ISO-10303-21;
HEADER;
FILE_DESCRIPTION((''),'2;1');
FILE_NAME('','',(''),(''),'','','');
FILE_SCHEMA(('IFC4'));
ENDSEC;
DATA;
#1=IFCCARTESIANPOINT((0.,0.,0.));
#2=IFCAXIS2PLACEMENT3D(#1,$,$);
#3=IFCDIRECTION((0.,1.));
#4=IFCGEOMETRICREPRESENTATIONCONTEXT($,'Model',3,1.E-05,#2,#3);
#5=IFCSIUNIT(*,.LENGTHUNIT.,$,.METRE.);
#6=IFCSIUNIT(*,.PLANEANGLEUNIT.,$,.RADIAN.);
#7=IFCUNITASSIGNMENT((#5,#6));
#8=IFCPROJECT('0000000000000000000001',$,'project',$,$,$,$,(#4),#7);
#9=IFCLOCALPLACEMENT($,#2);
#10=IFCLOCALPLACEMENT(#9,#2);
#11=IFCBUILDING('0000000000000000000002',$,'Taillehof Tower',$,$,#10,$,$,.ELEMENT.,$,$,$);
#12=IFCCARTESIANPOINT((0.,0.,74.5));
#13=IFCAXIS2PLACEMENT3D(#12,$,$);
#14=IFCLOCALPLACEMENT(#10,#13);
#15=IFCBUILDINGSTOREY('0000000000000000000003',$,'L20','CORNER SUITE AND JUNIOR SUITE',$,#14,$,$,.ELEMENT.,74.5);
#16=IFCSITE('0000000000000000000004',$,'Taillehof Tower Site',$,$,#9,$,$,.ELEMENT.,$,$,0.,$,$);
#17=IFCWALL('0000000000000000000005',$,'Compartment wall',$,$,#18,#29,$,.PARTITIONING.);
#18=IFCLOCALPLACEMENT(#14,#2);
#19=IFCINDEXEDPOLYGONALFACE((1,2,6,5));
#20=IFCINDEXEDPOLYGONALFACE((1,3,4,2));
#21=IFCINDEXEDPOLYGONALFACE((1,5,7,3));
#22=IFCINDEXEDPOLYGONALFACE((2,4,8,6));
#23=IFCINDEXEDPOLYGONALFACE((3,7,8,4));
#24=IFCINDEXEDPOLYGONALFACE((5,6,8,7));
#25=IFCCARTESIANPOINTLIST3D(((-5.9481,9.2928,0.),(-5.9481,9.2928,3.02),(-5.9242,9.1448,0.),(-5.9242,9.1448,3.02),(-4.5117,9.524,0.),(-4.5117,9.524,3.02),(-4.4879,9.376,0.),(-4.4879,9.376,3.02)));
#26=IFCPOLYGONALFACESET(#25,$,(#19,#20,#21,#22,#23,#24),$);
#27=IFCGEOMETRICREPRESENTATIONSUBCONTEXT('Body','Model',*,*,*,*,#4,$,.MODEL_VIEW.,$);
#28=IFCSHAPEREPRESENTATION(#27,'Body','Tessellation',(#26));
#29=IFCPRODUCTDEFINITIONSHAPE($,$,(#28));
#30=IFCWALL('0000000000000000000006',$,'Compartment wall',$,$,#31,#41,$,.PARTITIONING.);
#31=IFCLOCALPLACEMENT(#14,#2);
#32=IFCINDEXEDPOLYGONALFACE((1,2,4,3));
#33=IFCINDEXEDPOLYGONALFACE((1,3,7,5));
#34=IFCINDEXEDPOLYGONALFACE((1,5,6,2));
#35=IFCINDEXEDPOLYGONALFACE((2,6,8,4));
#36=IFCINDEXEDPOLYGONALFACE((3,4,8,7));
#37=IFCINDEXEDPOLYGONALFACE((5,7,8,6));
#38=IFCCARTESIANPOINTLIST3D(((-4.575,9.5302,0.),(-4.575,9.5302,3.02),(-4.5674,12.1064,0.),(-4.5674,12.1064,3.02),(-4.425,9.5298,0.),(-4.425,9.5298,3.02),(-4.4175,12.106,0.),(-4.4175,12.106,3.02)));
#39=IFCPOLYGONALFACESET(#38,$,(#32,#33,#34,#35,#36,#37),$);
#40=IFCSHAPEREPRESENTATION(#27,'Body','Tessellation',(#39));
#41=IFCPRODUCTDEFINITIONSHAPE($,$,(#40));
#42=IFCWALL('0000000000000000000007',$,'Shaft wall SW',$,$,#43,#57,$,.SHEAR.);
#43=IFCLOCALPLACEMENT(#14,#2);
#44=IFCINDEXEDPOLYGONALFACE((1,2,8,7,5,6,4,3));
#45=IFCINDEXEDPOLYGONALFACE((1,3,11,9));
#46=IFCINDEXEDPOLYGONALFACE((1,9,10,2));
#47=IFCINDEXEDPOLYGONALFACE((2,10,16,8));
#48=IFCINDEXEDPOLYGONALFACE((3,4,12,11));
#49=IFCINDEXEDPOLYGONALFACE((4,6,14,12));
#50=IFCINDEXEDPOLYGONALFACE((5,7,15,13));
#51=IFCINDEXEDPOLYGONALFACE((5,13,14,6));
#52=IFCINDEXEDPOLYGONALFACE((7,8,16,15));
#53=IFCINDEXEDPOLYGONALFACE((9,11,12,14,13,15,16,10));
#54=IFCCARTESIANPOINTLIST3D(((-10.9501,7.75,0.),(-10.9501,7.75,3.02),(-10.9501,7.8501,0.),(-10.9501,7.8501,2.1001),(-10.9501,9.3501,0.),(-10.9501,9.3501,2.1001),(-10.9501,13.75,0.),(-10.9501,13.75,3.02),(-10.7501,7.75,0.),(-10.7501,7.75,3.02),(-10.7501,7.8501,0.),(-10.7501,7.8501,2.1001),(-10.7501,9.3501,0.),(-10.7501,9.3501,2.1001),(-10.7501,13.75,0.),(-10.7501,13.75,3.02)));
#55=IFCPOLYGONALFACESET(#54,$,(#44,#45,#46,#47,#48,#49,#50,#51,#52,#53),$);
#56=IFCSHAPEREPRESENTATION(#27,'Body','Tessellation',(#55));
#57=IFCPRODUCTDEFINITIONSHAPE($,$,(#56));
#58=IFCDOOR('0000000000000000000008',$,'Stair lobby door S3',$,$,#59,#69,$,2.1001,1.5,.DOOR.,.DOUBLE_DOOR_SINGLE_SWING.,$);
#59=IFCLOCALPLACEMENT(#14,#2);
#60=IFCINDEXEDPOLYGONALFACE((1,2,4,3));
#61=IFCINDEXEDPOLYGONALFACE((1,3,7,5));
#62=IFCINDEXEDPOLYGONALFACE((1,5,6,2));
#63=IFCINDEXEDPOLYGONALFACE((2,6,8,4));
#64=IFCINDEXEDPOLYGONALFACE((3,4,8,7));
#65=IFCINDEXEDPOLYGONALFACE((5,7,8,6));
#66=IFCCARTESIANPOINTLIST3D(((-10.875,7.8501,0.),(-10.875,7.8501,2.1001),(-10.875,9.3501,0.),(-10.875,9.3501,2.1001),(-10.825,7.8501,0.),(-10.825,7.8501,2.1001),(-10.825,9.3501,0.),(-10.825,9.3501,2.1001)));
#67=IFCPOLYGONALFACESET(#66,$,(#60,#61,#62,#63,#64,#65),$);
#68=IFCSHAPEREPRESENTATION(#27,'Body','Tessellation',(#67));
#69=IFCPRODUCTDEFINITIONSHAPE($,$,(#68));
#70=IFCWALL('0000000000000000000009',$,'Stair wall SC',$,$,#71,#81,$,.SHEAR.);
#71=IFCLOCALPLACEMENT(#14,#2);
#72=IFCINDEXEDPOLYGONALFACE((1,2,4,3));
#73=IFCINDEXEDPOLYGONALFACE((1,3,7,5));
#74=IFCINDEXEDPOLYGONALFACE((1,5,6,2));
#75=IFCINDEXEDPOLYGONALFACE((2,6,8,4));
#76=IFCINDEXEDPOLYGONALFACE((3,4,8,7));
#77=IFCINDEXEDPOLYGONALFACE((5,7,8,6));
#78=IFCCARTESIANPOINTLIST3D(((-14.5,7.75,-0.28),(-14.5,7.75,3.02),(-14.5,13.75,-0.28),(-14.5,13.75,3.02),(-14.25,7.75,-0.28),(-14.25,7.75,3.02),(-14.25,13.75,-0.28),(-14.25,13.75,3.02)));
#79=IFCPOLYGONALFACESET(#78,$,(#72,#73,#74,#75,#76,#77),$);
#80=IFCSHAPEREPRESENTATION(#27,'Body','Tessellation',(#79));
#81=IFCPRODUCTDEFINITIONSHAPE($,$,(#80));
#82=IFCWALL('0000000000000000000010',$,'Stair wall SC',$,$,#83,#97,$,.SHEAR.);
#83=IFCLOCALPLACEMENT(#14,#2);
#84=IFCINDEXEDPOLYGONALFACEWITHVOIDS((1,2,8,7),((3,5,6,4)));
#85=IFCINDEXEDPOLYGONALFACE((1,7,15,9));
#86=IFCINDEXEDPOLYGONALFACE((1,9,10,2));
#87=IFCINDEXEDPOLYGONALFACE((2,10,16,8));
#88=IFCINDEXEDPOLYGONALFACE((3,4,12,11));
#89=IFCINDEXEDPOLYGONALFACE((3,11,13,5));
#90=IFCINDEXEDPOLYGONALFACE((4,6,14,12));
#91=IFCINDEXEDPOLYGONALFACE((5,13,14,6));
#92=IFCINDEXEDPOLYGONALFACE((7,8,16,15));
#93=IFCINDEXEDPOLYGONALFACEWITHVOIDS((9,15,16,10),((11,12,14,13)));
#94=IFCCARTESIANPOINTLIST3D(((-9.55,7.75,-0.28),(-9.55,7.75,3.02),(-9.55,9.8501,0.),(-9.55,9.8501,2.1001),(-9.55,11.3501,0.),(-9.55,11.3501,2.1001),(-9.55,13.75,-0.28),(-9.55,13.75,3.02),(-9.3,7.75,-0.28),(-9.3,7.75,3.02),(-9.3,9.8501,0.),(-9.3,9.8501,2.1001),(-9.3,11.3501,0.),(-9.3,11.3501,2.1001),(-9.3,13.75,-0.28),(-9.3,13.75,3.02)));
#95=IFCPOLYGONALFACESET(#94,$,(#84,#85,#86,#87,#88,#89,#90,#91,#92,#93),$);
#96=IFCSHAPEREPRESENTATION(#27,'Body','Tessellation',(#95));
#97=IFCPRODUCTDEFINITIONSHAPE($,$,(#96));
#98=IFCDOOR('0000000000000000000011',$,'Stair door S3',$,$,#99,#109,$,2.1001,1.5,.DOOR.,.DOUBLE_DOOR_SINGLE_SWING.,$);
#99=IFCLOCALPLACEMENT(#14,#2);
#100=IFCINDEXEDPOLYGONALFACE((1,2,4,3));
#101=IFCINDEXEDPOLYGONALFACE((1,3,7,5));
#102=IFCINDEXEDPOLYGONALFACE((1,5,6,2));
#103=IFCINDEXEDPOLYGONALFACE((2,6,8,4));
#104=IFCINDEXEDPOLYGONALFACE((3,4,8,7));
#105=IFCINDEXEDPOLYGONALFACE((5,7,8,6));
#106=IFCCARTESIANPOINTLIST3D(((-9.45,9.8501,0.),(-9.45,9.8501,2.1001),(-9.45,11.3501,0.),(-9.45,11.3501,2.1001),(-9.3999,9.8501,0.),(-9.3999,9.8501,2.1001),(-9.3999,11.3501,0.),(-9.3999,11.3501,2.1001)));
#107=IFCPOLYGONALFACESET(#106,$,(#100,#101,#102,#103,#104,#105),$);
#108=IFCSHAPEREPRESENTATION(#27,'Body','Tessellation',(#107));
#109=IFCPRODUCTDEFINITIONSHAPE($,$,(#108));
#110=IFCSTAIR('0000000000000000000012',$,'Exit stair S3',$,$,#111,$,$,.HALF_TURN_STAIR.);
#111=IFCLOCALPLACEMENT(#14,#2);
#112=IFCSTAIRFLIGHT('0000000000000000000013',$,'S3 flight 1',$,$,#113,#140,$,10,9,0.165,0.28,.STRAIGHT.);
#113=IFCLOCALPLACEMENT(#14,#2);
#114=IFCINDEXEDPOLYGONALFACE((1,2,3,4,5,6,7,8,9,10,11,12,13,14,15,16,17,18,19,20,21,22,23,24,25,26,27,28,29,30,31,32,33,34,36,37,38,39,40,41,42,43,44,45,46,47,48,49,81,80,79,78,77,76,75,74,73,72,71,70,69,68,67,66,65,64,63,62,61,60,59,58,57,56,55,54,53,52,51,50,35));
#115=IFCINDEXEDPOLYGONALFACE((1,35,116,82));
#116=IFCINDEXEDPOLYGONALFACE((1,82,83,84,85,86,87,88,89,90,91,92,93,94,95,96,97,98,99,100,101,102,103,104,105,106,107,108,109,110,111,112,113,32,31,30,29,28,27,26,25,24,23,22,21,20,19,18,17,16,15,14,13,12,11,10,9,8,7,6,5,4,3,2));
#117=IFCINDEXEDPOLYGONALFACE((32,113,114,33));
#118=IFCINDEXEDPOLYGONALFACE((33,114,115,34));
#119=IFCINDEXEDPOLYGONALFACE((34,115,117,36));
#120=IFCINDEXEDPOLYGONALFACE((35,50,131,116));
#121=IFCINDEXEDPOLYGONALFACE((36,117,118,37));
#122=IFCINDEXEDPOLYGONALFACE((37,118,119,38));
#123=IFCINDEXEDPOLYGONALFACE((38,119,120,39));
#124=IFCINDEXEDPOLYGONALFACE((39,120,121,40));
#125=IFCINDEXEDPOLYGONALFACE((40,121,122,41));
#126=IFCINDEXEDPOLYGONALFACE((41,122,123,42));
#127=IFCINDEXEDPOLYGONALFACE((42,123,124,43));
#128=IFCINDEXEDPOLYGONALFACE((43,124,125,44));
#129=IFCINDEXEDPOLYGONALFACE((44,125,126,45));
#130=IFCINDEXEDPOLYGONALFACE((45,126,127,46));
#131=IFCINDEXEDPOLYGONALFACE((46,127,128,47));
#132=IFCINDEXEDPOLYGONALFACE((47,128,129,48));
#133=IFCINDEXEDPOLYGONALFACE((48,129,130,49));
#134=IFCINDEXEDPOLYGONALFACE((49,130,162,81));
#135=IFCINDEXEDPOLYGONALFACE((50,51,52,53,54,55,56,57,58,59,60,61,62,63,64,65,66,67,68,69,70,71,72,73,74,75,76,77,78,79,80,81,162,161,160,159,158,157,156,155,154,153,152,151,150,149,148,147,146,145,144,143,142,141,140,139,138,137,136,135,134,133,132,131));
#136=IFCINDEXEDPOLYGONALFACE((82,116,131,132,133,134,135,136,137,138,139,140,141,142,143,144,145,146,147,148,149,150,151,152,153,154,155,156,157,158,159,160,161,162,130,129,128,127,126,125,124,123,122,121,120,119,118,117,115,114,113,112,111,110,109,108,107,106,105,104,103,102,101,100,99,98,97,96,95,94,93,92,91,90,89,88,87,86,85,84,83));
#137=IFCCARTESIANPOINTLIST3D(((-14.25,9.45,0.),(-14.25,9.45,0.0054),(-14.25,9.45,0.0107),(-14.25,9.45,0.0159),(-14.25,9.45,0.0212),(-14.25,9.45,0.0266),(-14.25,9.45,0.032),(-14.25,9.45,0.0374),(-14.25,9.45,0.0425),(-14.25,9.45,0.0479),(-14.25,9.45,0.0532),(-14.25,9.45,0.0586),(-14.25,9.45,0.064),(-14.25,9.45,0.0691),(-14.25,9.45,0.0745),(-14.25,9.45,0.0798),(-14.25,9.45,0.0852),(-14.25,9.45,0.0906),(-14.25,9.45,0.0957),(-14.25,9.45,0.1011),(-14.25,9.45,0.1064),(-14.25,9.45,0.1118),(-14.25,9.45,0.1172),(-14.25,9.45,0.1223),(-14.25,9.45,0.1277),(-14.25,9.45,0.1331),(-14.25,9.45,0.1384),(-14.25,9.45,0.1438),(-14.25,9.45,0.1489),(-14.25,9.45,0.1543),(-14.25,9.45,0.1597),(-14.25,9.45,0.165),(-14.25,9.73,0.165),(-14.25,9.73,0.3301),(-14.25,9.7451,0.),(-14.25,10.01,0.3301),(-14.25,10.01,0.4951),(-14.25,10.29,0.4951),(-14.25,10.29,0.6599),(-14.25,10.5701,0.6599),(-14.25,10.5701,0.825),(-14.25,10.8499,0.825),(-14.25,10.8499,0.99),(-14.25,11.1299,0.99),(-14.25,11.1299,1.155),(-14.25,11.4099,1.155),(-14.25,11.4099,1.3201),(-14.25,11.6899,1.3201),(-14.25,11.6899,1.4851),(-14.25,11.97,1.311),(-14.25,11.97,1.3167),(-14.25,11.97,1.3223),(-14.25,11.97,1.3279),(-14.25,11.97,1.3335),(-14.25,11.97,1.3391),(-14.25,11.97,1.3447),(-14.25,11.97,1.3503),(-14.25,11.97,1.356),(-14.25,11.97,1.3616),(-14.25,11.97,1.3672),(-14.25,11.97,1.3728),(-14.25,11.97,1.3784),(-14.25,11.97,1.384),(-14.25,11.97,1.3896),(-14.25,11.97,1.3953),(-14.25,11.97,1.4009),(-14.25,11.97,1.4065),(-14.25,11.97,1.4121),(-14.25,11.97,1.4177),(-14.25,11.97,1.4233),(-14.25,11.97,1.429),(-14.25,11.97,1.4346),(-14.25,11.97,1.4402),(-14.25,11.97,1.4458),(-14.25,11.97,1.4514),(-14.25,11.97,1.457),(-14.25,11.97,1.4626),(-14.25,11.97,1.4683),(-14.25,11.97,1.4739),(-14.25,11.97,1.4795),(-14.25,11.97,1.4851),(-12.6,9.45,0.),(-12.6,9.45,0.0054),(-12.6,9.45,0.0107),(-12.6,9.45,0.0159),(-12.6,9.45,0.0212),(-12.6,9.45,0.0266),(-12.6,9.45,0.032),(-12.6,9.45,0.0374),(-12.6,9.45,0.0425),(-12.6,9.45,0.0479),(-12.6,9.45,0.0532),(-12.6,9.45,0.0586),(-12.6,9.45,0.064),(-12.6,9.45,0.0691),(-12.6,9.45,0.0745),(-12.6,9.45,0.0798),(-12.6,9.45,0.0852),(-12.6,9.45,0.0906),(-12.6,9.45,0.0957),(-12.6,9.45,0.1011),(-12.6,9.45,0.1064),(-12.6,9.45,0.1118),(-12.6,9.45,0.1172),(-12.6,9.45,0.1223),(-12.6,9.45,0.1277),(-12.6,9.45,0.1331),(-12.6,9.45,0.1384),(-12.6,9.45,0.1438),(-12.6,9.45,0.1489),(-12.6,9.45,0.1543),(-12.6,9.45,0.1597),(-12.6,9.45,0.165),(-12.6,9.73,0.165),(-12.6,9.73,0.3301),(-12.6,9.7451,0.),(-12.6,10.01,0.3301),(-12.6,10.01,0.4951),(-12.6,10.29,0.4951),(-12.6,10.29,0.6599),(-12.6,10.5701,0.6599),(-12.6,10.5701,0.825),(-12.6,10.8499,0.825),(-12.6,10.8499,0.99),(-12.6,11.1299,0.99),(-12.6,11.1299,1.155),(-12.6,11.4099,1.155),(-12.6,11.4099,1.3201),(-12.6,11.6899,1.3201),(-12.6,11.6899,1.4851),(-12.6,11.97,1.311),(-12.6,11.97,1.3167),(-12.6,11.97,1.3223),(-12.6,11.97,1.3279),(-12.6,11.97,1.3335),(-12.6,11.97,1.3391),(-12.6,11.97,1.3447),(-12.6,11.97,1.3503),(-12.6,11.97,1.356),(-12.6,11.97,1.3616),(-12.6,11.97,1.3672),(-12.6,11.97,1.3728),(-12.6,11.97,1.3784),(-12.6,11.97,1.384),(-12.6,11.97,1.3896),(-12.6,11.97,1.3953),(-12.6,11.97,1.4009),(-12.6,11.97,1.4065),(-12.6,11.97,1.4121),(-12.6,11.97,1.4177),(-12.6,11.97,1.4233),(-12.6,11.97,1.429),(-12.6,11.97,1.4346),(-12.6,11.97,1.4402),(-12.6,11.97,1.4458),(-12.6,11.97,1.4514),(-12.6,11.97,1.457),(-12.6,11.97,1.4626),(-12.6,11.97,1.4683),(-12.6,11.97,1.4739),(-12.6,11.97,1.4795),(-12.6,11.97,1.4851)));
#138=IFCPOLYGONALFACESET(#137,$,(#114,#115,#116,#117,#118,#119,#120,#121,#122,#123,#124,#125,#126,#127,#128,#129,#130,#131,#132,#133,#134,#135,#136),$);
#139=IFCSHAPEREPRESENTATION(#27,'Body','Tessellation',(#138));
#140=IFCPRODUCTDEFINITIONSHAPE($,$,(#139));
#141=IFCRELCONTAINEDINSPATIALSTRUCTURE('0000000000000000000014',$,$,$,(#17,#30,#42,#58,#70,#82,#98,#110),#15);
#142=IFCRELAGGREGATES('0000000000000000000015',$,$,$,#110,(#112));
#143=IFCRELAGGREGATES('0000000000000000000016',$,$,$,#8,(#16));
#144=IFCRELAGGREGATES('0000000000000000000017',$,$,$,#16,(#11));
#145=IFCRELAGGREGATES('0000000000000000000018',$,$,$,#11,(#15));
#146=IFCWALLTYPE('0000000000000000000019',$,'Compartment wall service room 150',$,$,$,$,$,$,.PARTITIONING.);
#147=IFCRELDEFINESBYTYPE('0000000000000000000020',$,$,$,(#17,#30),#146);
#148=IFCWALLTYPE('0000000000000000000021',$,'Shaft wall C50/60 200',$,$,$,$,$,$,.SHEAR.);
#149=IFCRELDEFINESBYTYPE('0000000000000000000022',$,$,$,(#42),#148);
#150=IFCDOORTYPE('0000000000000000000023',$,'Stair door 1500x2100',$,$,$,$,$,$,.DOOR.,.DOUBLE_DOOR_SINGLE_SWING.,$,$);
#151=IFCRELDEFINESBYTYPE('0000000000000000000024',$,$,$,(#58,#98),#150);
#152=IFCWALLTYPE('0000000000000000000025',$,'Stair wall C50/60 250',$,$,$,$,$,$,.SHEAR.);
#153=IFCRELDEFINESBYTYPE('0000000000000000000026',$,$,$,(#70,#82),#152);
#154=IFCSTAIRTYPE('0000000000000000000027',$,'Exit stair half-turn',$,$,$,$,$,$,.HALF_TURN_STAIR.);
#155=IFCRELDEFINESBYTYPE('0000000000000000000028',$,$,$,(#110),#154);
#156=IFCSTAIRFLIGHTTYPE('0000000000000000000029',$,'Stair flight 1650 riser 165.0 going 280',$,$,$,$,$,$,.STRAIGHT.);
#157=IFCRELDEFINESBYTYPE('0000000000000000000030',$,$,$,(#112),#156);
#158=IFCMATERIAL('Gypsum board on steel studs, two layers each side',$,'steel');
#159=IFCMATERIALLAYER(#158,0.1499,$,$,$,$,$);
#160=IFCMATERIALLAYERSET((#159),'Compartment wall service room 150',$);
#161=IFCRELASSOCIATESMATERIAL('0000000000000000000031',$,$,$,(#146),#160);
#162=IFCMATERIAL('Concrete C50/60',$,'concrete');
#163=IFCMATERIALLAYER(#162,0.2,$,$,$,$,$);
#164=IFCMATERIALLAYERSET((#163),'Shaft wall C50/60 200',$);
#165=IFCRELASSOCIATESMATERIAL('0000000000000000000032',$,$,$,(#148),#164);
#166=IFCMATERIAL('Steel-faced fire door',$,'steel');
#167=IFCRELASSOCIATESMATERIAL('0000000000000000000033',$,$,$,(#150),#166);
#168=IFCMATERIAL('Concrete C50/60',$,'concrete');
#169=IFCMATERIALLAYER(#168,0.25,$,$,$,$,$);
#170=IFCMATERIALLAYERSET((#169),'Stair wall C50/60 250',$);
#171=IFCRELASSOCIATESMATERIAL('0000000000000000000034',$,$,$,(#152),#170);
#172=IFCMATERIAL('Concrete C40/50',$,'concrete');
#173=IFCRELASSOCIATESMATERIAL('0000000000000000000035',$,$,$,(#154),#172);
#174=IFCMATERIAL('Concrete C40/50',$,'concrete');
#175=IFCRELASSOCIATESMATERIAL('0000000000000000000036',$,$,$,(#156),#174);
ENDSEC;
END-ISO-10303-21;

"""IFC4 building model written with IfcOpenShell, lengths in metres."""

from ifc_helpers import new_model, si_unit, direction, frame, frame_2d, origin, place, context, subcontext, project, spatial, polyline, rectangle, outline, extrude, material, layer, layer_set, type_object, element, fill, aggregate, save


model = new_model("IFC4")

# Units and contexts
model_context = context("Model", 3, precision=1e-05, world=origin(), true_north=direction((0.0, 1.0)))
body_context = subcontext(model_context, "Body", "Model", "MODEL_VIEW")
ifc_project = project(units=[si_unit("LENGTHUNIT", "METRE"), si_unit("PLANEANGLEUNIT", "RADIAN")], contexts=[model_context])

# Site, building, storey
site_placement = place(None, origin())
site = spatial("IfcSite", under=ifc_project, at=site_placement, Name="Taillehof Tower Site", CompositionType="ELEMENT", RefElevation=0.0)
building_placement = place(site_placement, origin())
building = spatial("IfcBuilding", under=site, at=building_placement, Name="Taillehof Tower", CompositionType="ELEMENT")
storey_placement = place(building_placement, frame((0.0, 0.0, 74.5)))
storey = spatial("IfcBuildingStorey", under=building, at=storey_placement, Name="L20", Description="CORNER SUITE AND JUNIOR SUITE", CompositionType="ELEMENT", Elevation=74.5)

# Shared definitions
ifc_material_1 = material(Name="Gypsum board on steel studs, two layers each side", Category="steel")
ifc_layer_1 = layer(ifc_material_1, 0.1499)
ifc_layer_set_1 = layer_set([ifc_layer_1], Name="Compartment wall service room 150")
wall_type_1 = type_object("IfcWallType", Name="Compartment wall service room 150", PredefinedType="PARTITIONING", material=ifc_layer_set_1)

# Walls
wall_1_placement = place(storey_placement, frame((-5.9363, 9.2188, 0.0), z_axis=(0.0, 0.0, 1.0), x_axis=(0.98729, 0.158926, 0.0)))
element("IfcWall", 1, at=wall_1_placement, inside=storey, type_object=wall_type_1, Name="Compartment wall", PredefinedType="PARTITIONING", context=body_context, shape_type="SweptSolid", body=[
    extrude(rectangle(XDim=1.4548, YDim=0.1499, at=frame_2d((0.7275, 0.0))), origin(), (0.0, 0.0, 1.0), 3.02),
])
wall_2_placement = place(storey_placement, frame((-4.5, 9.53, 0.0), z_axis=(0.0, 0.0, 1.0), x_axis=(0.002938, 0.999996, 0.0)))
element("IfcWall", 2, at=wall_2_placement, inside=storey, type_object=wall_type_1, Name="Compartment wall", PredefinedType="PARTITIONING", context=body_context, shape_type="SweptSolid", body=[
    extrude(rectangle(XDim=2.5762, YDim=0.1499, at=frame_2d((1.2881, 0.0))), origin(), (0.0, 0.0, 1.0), 3.02),
])

# Wall, opening, door
ifc_material_2 = material(Name="Concrete C50/60", Category="concrete")
ifc_layer_2 = layer(ifc_material_2, 0.2)
ifc_layer_set_2 = layer_set([ifc_layer_2], Name="Shaft wall C50/60 200")
wall_type_2 = type_object("IfcWallType", Name="Shaft wall C50/60 200", PredefinedType="SHEAR", material=ifc_layer_set_2)
wall_3_placement = place(storey_placement, frame((-10.8501, 7.75, 0.0), z_axis=(0.0, 0.0, 1.0), x_axis=(0.0, 1.0, 0.0)))
wall_3 = element("IfcWall", 3, at=wall_3_placement, inside=storey, type_object=wall_type_2, Name="Shaft wall SW", PredefinedType="SHEAR", context=body_context, shape_type="SweptSolid", body=[
    extrude(rectangle(XDim=6.0, YDim=0.2, at=frame_2d((3.0, 0.0))), origin(), (0.0, 0.0, 1.0), 3.02),
])
opening_1_placement = place(wall_3_placement, frame((0.1001, 0.0, 0.0)))
opening_1 = element("IfcOpeningElement", 4, at=opening_1_placement, cuts=wall_3, PredefinedType="OPENING", context=body_context, shape_type="SweptSolid", body=[
    extrude(rectangle(XDim=1.5, YDim=2.1001, at=frame_2d((0.75, 1.05))), frame((0.0, 0.1099, 0.0), z_axis=(0.0, -1.0, 0.0), x_axis=(1.0, 0.0, 0.0)), (0.0, 0.0, 1.0), 0.22),
])
ifc_material_3 = material(Name="Steel-faced fire door", Category="steel")
door_type_1 = type_object("IfcDoorType", Name="Stair door 1500x2100", OperationType="DOUBLE_DOOR_SINGLE_SWING", PredefinedType="DOOR", material=ifc_material_3)
door_1_placement = place(opening_1_placement, origin())
door_1 = element("IfcDoor", 5, at=door_1_placement, inside=storey, type_object=door_type_1, Name="Stair lobby door S3", OperationType="DOUBLE_DOOR_SINGLE_SWING", OverallHeight=2.1001, OverallWidth=1.5, PredefinedType="DOOR", context=body_context, shape_type="SweptSolid", body=[
    extrude(rectangle(XDim=1.5, YDim=2.1001, at=frame_2d((0.75, 1.05))), frame((0.0, 0.0249, 0.0), z_axis=(0.0, -1.0, 0.0), x_axis=(1.0, 0.0, 0.0)), (0.0, 0.0, 1.0), 0.05),
])
fill(opening_1, door_1)

# Wall
ifc_material_4 = material(Name="Concrete C50/60", Category="concrete")
ifc_layer_3 = layer(ifc_material_4, 0.25)
ifc_layer_set_3 = layer_set([ifc_layer_3], Name="Stair wall C50/60 250")
wall_type_3 = type_object("IfcWallType", Name="Stair wall C50/60 250", PredefinedType="SHEAR", material=ifc_layer_set_3)
wall_4_placement = place(storey_placement, frame((-14.375, 7.75, -0.28), z_axis=(0.0, 0.0, 1.0), x_axis=(0.0, 1.0, 0.0)))
element("IfcWall", 6, at=wall_4_placement, inside=storey, type_object=wall_type_3, Name="Stair wall SC", PredefinedType="SHEAR", context=body_context, shape_type="SweptSolid", body=[
    extrude(rectangle(XDim=6.0, YDim=0.25, at=frame_2d((3.0, 0.0))), origin(), (0.0, 0.0, 1.0), 3.3),
])

# Wall, opening, door
wall_5_placement = place(storey_placement, frame((-9.425, 7.75, -0.28), z_axis=(0.0, 0.0, 1.0), x_axis=(0.0, 1.0, 0.0)))
wall_5 = element("IfcWall", 7, at=wall_5_placement, inside=storey, type_object=wall_type_3, Name="Stair wall SC", PredefinedType="SHEAR", context=body_context, shape_type="SweptSolid", body=[
    extrude(rectangle(XDim=6.0, YDim=0.25, at=frame_2d((3.0, 0.0))), origin(), (0.0, 0.0, 1.0), 3.3),
])
opening_2_placement = place(wall_5_placement, frame((2.1001, 0.0, 0.28)))
opening_2 = element("IfcOpeningElement", 8, at=opening_2_placement, cuts=wall_5, PredefinedType="OPENING", context=body_context, shape_type="SweptSolid", body=[
    extrude(rectangle(XDim=1.5, YDim=2.1001, at=frame_2d((0.75, 1.05))), frame((0.0, 0.135, 0.0), z_axis=(0.0, -1.0, 0.0), x_axis=(1.0, 0.0, 0.0)), (0.0, 0.0, 1.0), 0.27),
])
door_2_placement = place(opening_2_placement, origin())
door_2 = element("IfcDoor", 9, at=door_2_placement, inside=storey, type_object=door_type_1, Name="Stair door S3", OperationType="DOUBLE_DOOR_SINGLE_SWING", OverallHeight=2.1001, OverallWidth=1.5, PredefinedType="DOOR", context=body_context, shape_type="SweptSolid", body=[
    extrude(rectangle(XDim=1.5, YDim=2.1001, at=frame_2d((0.75, 1.05))), frame((0.0, 0.0249, 0.0), z_axis=(0.0, -1.0, 0.0), x_axis=(1.0, 0.0, 0.0)), (0.0, 0.0, 1.0), 0.05),
])
fill(opening_2, door_2)

# Stair, stair flight
ifc_material_5 = material(Name="Concrete C40/50", Category="concrete")
stair_type = type_object("IfcStairType", Name="Exit stair half-turn", PredefinedType="HALF_TURN_STAIR", material=ifc_material_5)
stair_placement = place(storey_placement, origin())
stair = element("IfcStair", 10, at=stair_placement, inside=storey, type_object=stair_type, Name="Exit stair S3", PredefinedType="HALF_TURN_STAIR")
ifc_material_6 = material(Name="Concrete C40/50", Category="concrete")
stair_flight_type = type_object("IfcStairFlightType", Name="Stair flight 1650 riser 165.0 going 280", PredefinedType="STRAIGHT", material=ifc_material_6)
stair_flight_1_placement = place(storey_placement, frame((-13.425, 9.45, 0.0), z_axis=(0.0, 0.0, 1.0), x_axis=(0.0, 1.0, 0.0)))
stair_flight_1 = element("IfcStairFlight", 11, at=stair_flight_1_placement, type_object=stair_flight_type, Name="S3 flight 1", NumberOfRisers=10, NumberOfTreads=9, PredefinedType="STRAIGHT", RiserHeight=0.165, TreadLength=0.28, context=body_context, shape_type="SweptSolid", body=[
    extrude(outline(polyline([(0.0, 0.0), (0.0, 0.0054), (0.0, 0.0107), (0.0, 0.0159), (0.0, 0.0212), (0.0, 0.0266), (0.0, 0.032), (0.0, 0.0374), (0.0, 0.0425), (0.0, 0.0479), (0.0, 0.0532), (0.0, 0.0586), (0.0, 0.064), (0.0, 0.0691), (0.0, 0.0745), (0.0, 0.0798), (0.0, 0.0852), (0.0, 0.0906), (0.0, 0.0957), (0.0, 0.1011), (0.0, 0.1064), (0.0, 0.1118), (0.0, 0.1172), (0.0, 0.1223), (0.0, 0.1277), (0.0, 0.1331), (0.0, 0.1384), (0.0, 0.1438), (0.0, 0.1489), (0.0, 0.1543), (0.0, 0.1597), (0.0, 0.165), (0.28, 0.165), (0.28, 0.3301), (0.5601, 0.3301), (0.5601, 0.4951), (0.8401, 0.4951), (0.8401, 0.6599), (1.1201, 0.6599), (1.1201, 0.825), (1.3999, 0.825), (1.3999, 0.99), (1.6799, 0.99), (1.6799, 1.155), (1.96, 1.155), (1.96, 1.3201), (2.24, 1.3201), (2.24, 1.4851), (2.52, 1.4851), (2.52, 1.4795), (2.52, 1.4739), (2.52, 1.4683), (2.52, 1.4626), (2.52, 1.457), (2.52, 1.4514), (2.52, 1.4458), (2.52, 1.4402), (2.52, 1.4346), (2.52, 1.429), (2.52, 1.4233), (2.52, 1.4177), (2.52, 1.4121), (2.52, 1.4065), (2.52, 1.4009), (2.52, 1.3953), (2.52, 1.3896), (2.52, 1.384), (2.52, 1.3784), (2.52, 1.3728), (2.52, 1.3672), (2.52, 1.3616), (2.52, 1.356), (2.52, 1.3503), (2.52, 1.3447), (2.52, 1.3391), (2.52, 1.3335), (2.52, 1.3279), (2.52, 1.3223), (2.52, 1.3167), (2.52, 1.311), (0.2952, 0.0), (0.0, 0.0)])), frame((0.0, 0.825, 0.0), z_axis=(0.0, -1.0, 0.0), x_axis=(1.0, 0.0, 0.0)), (0.0, 0.0, 1.0), 1.65),
])
aggregate(stair, [stair_flight_1])

save(model, "model.ifc")
